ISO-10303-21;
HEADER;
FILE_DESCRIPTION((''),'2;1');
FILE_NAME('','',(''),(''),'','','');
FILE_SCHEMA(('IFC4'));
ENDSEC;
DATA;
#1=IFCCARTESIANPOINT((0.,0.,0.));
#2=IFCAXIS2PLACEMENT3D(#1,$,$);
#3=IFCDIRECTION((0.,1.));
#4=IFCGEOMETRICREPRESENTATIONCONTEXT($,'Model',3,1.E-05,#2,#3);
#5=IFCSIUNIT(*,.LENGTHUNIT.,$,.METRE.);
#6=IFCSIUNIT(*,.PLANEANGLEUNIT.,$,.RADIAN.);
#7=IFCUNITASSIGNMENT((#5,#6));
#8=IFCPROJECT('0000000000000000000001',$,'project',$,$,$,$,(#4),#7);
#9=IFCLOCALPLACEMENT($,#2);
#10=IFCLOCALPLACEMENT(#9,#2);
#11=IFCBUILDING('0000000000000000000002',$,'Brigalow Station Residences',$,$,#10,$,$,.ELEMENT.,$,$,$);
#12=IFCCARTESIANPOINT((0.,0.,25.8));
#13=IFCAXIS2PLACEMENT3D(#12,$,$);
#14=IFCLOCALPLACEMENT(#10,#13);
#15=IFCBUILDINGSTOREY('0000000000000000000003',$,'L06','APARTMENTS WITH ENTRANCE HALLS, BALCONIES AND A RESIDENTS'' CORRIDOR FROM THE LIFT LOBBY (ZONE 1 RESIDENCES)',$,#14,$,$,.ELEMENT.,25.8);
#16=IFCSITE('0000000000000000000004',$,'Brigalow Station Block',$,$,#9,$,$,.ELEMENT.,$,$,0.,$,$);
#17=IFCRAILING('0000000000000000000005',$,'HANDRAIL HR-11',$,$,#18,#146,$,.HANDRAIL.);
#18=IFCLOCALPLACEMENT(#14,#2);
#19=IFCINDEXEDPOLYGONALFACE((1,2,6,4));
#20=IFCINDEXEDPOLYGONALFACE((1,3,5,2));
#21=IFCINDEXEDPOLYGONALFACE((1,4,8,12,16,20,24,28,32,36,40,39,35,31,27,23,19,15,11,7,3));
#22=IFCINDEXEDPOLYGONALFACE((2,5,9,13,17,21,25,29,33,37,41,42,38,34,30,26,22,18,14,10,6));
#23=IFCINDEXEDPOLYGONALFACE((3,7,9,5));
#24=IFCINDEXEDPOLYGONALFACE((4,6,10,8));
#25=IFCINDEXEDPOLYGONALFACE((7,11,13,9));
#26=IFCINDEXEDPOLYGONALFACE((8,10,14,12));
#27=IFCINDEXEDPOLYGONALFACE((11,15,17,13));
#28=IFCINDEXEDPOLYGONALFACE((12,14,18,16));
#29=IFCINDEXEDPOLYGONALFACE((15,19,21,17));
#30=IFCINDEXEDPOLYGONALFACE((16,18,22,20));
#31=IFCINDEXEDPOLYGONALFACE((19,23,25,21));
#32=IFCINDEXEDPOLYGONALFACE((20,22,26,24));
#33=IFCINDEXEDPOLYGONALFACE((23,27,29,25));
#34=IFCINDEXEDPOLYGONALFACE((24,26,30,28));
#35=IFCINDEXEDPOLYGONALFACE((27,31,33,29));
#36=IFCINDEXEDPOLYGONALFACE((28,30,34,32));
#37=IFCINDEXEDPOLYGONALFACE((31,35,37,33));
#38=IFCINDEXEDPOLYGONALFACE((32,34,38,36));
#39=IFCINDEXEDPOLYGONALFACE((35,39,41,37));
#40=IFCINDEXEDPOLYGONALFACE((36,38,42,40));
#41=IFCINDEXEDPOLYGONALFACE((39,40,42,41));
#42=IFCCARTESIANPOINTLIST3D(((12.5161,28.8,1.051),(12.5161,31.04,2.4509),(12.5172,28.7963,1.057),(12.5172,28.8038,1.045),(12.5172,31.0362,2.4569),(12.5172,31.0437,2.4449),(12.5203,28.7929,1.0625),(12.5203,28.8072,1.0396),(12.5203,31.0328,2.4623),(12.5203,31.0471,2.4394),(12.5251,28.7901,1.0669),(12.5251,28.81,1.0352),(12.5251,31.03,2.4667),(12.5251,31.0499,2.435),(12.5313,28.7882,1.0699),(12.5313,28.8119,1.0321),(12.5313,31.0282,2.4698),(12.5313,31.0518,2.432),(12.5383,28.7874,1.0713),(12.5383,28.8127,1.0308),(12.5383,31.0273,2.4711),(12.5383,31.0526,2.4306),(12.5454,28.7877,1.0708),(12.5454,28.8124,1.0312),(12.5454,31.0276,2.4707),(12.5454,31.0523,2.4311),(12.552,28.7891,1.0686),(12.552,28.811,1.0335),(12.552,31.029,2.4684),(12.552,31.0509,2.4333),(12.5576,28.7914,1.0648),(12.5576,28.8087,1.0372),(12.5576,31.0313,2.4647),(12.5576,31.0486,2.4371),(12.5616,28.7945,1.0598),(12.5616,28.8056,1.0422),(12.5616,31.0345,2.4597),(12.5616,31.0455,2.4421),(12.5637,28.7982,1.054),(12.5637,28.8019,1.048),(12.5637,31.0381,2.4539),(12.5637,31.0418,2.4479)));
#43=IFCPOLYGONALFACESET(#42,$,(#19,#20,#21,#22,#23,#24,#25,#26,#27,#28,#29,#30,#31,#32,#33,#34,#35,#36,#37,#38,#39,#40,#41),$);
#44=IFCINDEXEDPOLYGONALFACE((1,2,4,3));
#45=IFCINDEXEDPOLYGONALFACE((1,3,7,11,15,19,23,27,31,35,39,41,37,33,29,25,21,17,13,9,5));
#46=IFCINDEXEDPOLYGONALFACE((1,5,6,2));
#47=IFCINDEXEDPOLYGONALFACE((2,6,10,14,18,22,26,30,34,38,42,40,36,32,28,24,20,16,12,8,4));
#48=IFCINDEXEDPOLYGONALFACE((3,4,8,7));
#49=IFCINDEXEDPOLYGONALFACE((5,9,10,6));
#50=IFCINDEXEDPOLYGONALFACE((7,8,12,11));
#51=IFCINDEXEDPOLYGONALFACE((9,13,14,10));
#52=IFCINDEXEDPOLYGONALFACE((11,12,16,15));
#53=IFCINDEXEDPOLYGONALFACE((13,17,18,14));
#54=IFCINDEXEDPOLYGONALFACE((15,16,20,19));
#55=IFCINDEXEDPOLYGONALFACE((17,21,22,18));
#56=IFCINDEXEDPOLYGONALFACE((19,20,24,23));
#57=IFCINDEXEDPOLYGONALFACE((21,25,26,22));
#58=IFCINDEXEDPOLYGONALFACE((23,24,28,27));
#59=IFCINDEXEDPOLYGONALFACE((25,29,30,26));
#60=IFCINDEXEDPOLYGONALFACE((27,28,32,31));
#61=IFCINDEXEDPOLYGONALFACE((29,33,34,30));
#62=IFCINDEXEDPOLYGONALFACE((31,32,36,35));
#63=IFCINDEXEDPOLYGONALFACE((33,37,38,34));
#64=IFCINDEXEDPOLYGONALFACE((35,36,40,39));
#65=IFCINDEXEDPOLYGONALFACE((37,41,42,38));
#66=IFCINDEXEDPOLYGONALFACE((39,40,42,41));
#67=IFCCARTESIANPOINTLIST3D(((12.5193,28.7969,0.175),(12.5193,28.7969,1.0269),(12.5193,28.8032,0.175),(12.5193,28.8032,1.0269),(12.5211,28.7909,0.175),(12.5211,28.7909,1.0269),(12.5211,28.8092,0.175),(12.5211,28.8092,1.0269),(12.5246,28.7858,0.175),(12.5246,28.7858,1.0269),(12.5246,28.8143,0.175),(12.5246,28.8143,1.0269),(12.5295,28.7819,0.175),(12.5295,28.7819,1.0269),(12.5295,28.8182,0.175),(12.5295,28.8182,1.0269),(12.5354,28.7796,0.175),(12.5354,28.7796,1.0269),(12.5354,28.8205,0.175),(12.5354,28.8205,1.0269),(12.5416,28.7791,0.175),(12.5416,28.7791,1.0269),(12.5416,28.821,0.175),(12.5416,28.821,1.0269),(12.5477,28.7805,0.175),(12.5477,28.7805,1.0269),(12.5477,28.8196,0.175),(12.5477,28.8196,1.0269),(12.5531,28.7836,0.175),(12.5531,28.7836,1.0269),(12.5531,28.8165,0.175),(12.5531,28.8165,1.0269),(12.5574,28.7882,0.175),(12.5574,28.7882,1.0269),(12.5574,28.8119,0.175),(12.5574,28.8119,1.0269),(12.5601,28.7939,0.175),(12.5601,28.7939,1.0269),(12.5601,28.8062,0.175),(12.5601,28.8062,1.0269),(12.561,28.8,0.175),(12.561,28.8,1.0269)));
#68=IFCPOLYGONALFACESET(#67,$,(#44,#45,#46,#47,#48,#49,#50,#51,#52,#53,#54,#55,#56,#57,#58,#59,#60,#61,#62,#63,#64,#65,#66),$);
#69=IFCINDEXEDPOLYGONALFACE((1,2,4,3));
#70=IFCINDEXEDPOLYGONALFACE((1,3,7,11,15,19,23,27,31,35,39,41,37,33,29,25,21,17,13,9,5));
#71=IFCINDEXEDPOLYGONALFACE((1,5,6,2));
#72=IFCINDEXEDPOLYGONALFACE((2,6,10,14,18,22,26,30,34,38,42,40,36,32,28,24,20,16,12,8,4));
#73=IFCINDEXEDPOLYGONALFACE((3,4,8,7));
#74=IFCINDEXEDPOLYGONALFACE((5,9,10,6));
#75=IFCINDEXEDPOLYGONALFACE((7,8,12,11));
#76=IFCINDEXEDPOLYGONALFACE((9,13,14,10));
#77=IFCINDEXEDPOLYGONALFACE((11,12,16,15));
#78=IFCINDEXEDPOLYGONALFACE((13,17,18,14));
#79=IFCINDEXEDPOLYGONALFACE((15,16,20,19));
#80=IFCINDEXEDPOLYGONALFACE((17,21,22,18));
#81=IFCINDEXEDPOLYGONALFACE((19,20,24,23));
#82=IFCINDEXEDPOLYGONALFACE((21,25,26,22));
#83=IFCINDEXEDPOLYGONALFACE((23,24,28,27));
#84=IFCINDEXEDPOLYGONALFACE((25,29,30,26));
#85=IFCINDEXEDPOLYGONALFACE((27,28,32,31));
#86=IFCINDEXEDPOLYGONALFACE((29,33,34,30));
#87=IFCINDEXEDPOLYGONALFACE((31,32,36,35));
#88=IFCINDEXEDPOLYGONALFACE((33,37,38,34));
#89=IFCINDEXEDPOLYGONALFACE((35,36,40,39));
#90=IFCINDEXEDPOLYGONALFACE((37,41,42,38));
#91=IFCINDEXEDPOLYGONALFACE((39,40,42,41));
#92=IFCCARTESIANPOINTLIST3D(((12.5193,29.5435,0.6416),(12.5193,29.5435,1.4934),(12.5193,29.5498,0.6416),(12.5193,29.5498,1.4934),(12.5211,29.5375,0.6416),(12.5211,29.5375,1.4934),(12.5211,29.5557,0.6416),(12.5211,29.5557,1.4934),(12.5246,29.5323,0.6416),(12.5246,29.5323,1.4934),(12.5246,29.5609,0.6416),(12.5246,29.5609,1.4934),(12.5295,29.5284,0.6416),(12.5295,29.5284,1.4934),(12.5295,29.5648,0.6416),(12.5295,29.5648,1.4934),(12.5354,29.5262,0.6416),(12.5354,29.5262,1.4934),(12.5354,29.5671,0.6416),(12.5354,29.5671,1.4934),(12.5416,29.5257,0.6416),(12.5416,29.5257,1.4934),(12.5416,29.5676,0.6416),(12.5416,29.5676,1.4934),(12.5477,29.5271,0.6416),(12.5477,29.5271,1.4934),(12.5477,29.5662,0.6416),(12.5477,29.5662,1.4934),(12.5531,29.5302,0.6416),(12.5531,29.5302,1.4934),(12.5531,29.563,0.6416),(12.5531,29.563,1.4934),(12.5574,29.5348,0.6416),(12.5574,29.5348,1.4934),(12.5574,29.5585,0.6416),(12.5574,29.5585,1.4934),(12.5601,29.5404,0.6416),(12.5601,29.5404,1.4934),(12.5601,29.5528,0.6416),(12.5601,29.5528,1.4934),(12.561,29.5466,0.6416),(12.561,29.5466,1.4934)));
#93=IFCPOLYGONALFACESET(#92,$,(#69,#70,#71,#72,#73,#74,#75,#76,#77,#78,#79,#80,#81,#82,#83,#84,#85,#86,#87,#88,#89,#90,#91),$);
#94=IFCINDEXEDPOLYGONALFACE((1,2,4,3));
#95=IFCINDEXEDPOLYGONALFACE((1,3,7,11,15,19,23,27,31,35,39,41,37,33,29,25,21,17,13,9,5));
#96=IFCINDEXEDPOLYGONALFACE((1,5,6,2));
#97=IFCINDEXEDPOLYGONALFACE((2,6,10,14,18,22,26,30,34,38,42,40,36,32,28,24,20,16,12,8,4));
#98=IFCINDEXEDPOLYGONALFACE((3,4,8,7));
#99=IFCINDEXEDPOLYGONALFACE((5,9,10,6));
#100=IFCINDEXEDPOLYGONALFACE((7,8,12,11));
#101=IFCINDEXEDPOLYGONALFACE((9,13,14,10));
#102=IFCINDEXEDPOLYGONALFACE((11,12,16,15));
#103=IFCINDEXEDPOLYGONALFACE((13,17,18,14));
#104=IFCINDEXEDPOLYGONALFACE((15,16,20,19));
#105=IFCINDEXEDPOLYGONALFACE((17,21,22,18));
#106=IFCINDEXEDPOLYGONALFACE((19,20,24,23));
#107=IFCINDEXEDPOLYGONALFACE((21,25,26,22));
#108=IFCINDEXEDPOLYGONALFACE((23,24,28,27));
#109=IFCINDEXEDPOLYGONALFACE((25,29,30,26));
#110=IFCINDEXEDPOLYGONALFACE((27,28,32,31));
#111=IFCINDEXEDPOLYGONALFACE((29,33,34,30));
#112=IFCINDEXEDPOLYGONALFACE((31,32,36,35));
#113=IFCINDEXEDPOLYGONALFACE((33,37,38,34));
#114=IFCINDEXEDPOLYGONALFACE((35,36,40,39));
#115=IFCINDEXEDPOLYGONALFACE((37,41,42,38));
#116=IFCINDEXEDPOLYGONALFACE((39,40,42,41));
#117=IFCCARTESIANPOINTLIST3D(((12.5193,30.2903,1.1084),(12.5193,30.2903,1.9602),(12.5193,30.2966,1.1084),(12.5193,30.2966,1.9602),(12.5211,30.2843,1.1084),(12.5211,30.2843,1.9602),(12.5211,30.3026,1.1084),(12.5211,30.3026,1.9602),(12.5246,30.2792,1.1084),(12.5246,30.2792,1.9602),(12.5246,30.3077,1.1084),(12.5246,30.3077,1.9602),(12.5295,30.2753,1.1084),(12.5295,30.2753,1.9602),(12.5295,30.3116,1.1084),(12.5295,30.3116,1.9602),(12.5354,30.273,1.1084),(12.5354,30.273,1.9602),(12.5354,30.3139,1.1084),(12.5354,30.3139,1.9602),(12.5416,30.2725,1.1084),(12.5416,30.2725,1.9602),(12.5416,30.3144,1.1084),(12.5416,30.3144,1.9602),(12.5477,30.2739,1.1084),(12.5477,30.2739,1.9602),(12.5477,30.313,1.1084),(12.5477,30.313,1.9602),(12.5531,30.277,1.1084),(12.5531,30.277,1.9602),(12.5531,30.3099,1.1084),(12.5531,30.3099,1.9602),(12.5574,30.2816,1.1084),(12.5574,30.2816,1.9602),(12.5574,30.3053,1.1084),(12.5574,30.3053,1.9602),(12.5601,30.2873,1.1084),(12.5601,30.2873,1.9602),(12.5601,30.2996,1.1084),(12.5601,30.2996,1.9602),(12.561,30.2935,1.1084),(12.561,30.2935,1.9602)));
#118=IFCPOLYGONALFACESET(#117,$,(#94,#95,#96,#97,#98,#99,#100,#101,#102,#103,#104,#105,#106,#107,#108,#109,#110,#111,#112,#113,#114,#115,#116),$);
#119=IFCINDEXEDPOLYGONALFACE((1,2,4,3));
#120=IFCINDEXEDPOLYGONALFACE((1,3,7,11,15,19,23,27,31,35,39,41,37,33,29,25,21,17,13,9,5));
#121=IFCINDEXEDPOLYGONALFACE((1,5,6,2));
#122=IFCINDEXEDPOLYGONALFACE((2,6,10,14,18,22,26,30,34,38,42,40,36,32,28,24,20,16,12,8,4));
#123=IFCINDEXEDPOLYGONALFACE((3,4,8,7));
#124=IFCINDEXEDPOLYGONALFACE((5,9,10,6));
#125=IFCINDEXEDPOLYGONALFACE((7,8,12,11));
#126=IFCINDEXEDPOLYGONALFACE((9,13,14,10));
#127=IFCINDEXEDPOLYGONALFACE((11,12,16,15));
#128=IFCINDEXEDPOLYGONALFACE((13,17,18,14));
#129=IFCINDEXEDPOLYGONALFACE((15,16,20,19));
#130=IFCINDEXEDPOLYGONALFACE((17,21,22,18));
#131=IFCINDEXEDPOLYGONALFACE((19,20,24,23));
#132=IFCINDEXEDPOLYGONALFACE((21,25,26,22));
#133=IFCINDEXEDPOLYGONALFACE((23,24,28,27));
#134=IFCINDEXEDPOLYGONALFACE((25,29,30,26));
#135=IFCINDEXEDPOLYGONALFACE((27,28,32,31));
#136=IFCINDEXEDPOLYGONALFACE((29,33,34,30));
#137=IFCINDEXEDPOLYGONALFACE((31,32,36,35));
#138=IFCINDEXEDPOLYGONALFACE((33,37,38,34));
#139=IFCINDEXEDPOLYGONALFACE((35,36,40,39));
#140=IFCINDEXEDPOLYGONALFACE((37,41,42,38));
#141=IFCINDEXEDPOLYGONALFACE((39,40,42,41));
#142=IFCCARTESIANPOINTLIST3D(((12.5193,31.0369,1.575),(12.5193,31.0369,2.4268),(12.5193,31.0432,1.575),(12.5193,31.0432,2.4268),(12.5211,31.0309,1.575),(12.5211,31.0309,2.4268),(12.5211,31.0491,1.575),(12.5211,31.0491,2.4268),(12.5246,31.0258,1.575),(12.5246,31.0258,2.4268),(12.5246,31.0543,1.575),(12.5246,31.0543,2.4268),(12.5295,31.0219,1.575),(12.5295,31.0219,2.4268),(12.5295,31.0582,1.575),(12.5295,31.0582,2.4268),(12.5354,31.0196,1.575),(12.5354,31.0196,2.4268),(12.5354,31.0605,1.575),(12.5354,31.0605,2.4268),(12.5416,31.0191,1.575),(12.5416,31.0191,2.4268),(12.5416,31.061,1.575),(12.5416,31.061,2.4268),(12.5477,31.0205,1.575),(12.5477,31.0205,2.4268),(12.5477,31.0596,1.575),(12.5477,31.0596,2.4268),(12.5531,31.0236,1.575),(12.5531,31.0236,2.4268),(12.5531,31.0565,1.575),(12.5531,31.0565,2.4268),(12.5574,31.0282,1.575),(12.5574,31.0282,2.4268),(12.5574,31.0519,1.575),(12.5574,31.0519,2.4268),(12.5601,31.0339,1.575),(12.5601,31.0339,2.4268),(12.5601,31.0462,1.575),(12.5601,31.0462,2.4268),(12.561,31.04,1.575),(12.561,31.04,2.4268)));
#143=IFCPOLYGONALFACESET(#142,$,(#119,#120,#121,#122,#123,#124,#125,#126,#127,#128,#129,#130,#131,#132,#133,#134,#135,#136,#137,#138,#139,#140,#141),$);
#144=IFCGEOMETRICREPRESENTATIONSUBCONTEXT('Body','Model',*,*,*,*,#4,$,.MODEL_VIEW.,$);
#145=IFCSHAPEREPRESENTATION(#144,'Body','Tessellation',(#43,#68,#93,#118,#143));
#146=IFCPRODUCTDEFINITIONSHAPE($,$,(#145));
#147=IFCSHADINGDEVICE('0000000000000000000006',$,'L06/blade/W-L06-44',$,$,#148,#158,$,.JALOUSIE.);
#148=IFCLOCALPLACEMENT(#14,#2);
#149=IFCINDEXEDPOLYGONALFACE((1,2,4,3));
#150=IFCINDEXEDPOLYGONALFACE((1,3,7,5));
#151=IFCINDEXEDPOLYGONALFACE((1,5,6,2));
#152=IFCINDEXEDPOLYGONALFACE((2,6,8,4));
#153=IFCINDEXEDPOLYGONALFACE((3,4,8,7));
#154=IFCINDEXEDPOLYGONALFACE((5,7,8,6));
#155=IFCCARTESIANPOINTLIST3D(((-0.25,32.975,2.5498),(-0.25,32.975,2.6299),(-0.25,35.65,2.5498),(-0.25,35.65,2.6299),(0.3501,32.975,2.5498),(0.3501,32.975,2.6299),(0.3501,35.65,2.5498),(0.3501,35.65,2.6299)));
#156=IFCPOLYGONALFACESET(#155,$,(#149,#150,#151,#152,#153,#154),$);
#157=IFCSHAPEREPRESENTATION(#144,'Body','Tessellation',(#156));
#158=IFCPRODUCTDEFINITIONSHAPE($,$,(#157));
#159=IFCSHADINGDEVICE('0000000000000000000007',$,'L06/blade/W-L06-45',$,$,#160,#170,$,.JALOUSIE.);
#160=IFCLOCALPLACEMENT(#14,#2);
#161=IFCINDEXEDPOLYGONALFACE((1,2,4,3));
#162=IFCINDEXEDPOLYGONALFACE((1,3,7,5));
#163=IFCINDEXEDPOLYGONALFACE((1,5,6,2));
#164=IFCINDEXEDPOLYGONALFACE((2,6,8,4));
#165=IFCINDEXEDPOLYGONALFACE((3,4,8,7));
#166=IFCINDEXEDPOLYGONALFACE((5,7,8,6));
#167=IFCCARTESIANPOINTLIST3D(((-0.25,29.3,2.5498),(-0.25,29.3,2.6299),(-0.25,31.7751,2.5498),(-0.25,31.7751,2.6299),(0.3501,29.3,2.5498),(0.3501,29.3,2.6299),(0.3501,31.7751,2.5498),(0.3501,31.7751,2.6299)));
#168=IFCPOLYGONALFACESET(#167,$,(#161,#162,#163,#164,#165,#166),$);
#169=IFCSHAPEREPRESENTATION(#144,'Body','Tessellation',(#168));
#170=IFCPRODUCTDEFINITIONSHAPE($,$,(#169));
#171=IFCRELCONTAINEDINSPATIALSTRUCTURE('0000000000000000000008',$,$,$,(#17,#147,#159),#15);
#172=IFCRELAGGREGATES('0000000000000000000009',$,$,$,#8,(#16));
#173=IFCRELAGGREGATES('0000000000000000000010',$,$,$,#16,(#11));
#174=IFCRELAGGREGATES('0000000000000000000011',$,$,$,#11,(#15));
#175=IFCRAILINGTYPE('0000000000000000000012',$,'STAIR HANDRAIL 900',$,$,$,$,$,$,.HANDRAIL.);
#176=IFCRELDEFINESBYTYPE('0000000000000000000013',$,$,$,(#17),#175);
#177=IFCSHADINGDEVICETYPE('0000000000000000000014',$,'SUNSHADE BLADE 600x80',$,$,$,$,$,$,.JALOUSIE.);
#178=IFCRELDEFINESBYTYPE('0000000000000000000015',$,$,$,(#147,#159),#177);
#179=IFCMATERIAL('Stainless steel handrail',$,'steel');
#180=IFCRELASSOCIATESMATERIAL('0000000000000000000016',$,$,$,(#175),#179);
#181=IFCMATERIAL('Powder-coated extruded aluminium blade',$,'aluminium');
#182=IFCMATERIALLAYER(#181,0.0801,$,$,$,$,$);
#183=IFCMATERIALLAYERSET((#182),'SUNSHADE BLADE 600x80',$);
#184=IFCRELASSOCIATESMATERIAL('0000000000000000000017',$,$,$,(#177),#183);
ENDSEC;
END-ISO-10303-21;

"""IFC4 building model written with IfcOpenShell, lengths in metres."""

from ifc_helpers import new_model, si_unit, direction, frame, origin, origin_2d, place, context, subcontext, project, spatial, rectangle, circle, extrude, material, layer, layer_set, type_object, element, save


model = new_model("IFC4")

# Units and contexts
model_context = context("Model", 3, precision=1e-05, world=origin(), true_north=direction((0.0, 1.0)))
body_context = subcontext(model_context, "Body", "Model", "MODEL_VIEW")
ifc_project = project(units=[si_unit("LENGTHUNIT", "METRE"), si_unit("PLANEANGLEUNIT", "RADIAN")], contexts=[model_context])

# Site, building, storey
site_placement = place(None, origin())
site = spatial("IfcSite", under=ifc_project, at=site_placement, Name="Brigalow Station Block", CompositionType="ELEMENT", RefElevation=0.0)
building_placement = place(site_placement, origin())
building = spatial("IfcBuilding", under=site, at=building_placement, Name="Brigalow Station Residences", CompositionType="ELEMENT")
storey_placement = place(building_placement, frame((0.0, 0.0, 25.8)))
storey = spatial("IfcBuildingStorey", under=building, at=storey_placement, Name="L06", Description="APARTMENTS WITH ENTRANCE HALLS, BALCONIES AND A RESIDENTS' CORRIDOR FROM THE LIFT LOBBY (ZONE 1 RESIDENCES)", CompositionType="ELEMENT", Elevation=25.8)

# Railing
ifc_material_1 = material(Name="Stainless steel handrail", Category="steel")
railing_type_1 = type_object("IfcRailingType", Name="STAIR HANDRAIL 900", PredefinedType="HANDRAIL", material=ifc_material_1)
railing_1_placement = place(storey_placement, frame((12.54, 28.8, 0.175)))
element("IfcRailing", 1, at=railing_1_placement, inside=storey, type_object=railing_type_1, Name="HANDRAIL HR-11", PredefinedType="HANDRAIL", context=body_context, shape_type="SweptSolid", body=[
    extrude(circle(Radius=0.0239, at=origin_2d()), frame((0.0, 0.0, 0.876), z_axis=(0.0, 0.848014, 0.529974), x_axis=(-1.0, 0.0, 0.0)), (0.0, 0.0, 1.0), 2.6414),
    extrude(circle(Radius=0.021, at=origin_2d()), origin(), (0.0, 0.0, 1.0), 0.8518),
    extrude(circle(Radius=0.021, at=origin_2d()), frame((0.0, 0.7466, 0.4666)), (0.0, 0.0, 1.0), 0.8518),
    extrude(circle(Radius=0.021, at=origin_2d()), frame((0.0, 1.4934, 0.9333)), (0.0, 0.0, 1.0), 0.8518),
    extrude(circle(Radius=0.021, at=origin_2d()), frame((0.0, 2.24, 1.3999)), (0.0, 0.0, 1.0), 0.8518),
])

# Shading devices
ifc_material_2 = material(Name="Powder-coated extruded aluminium blade", Category="aluminium")
ifc_layer_1 = layer(ifc_material_2, 0.0801)
ifc_layer_set_1 = layer_set([ifc_layer_1], Name="SUNSHADE BLADE 600x80")
shading_device_type = type_object("IfcShadingDeviceType", Name="SUNSHADE BLADE 600x80", PredefinedType="JALOUSIE", material=ifc_layer_set_1)
shading_device_1_placement = place(storey_placement, frame((0.05, 34.3125, 2.5498), z_axis=(0.0, 0.0, 1.0), x_axis=(0.0, -1.0, 0.0)))
element("IfcShadingDevice", 2, at=shading_device_1_placement, inside=storey, type_object=shading_device_type, Name="L06/blade/W-L06-44", PredefinedType="JALOUSIE", context=body_context, shape_type="SweptSolid", body=[
    extrude(rectangle(XDim=2.675, YDim=0.6001, at=origin_2d()), origin(), (0.0, 0.0, 1.0), 0.0801),
])
shading_device_2_placement = place(storey_placement, frame((0.05, 30.5376, 2.5498), z_axis=(0.0, 0.0, 1.0), x_axis=(0.0, -1.0, 0.0)))
element("IfcShadingDevice", 3, at=shading_device_2_placement, inside=storey, type_object=shading_device_type, Name="L06/blade/W-L06-45", PredefinedType="JALOUSIE", context=body_context, shape_type="SweptSolid", body=[
    extrude(rectangle(XDim=2.4751, YDim=0.6001, at=origin_2d()), origin(), (0.0, 0.0, 1.0), 0.0801),
])

save(model, "model.ifc")
